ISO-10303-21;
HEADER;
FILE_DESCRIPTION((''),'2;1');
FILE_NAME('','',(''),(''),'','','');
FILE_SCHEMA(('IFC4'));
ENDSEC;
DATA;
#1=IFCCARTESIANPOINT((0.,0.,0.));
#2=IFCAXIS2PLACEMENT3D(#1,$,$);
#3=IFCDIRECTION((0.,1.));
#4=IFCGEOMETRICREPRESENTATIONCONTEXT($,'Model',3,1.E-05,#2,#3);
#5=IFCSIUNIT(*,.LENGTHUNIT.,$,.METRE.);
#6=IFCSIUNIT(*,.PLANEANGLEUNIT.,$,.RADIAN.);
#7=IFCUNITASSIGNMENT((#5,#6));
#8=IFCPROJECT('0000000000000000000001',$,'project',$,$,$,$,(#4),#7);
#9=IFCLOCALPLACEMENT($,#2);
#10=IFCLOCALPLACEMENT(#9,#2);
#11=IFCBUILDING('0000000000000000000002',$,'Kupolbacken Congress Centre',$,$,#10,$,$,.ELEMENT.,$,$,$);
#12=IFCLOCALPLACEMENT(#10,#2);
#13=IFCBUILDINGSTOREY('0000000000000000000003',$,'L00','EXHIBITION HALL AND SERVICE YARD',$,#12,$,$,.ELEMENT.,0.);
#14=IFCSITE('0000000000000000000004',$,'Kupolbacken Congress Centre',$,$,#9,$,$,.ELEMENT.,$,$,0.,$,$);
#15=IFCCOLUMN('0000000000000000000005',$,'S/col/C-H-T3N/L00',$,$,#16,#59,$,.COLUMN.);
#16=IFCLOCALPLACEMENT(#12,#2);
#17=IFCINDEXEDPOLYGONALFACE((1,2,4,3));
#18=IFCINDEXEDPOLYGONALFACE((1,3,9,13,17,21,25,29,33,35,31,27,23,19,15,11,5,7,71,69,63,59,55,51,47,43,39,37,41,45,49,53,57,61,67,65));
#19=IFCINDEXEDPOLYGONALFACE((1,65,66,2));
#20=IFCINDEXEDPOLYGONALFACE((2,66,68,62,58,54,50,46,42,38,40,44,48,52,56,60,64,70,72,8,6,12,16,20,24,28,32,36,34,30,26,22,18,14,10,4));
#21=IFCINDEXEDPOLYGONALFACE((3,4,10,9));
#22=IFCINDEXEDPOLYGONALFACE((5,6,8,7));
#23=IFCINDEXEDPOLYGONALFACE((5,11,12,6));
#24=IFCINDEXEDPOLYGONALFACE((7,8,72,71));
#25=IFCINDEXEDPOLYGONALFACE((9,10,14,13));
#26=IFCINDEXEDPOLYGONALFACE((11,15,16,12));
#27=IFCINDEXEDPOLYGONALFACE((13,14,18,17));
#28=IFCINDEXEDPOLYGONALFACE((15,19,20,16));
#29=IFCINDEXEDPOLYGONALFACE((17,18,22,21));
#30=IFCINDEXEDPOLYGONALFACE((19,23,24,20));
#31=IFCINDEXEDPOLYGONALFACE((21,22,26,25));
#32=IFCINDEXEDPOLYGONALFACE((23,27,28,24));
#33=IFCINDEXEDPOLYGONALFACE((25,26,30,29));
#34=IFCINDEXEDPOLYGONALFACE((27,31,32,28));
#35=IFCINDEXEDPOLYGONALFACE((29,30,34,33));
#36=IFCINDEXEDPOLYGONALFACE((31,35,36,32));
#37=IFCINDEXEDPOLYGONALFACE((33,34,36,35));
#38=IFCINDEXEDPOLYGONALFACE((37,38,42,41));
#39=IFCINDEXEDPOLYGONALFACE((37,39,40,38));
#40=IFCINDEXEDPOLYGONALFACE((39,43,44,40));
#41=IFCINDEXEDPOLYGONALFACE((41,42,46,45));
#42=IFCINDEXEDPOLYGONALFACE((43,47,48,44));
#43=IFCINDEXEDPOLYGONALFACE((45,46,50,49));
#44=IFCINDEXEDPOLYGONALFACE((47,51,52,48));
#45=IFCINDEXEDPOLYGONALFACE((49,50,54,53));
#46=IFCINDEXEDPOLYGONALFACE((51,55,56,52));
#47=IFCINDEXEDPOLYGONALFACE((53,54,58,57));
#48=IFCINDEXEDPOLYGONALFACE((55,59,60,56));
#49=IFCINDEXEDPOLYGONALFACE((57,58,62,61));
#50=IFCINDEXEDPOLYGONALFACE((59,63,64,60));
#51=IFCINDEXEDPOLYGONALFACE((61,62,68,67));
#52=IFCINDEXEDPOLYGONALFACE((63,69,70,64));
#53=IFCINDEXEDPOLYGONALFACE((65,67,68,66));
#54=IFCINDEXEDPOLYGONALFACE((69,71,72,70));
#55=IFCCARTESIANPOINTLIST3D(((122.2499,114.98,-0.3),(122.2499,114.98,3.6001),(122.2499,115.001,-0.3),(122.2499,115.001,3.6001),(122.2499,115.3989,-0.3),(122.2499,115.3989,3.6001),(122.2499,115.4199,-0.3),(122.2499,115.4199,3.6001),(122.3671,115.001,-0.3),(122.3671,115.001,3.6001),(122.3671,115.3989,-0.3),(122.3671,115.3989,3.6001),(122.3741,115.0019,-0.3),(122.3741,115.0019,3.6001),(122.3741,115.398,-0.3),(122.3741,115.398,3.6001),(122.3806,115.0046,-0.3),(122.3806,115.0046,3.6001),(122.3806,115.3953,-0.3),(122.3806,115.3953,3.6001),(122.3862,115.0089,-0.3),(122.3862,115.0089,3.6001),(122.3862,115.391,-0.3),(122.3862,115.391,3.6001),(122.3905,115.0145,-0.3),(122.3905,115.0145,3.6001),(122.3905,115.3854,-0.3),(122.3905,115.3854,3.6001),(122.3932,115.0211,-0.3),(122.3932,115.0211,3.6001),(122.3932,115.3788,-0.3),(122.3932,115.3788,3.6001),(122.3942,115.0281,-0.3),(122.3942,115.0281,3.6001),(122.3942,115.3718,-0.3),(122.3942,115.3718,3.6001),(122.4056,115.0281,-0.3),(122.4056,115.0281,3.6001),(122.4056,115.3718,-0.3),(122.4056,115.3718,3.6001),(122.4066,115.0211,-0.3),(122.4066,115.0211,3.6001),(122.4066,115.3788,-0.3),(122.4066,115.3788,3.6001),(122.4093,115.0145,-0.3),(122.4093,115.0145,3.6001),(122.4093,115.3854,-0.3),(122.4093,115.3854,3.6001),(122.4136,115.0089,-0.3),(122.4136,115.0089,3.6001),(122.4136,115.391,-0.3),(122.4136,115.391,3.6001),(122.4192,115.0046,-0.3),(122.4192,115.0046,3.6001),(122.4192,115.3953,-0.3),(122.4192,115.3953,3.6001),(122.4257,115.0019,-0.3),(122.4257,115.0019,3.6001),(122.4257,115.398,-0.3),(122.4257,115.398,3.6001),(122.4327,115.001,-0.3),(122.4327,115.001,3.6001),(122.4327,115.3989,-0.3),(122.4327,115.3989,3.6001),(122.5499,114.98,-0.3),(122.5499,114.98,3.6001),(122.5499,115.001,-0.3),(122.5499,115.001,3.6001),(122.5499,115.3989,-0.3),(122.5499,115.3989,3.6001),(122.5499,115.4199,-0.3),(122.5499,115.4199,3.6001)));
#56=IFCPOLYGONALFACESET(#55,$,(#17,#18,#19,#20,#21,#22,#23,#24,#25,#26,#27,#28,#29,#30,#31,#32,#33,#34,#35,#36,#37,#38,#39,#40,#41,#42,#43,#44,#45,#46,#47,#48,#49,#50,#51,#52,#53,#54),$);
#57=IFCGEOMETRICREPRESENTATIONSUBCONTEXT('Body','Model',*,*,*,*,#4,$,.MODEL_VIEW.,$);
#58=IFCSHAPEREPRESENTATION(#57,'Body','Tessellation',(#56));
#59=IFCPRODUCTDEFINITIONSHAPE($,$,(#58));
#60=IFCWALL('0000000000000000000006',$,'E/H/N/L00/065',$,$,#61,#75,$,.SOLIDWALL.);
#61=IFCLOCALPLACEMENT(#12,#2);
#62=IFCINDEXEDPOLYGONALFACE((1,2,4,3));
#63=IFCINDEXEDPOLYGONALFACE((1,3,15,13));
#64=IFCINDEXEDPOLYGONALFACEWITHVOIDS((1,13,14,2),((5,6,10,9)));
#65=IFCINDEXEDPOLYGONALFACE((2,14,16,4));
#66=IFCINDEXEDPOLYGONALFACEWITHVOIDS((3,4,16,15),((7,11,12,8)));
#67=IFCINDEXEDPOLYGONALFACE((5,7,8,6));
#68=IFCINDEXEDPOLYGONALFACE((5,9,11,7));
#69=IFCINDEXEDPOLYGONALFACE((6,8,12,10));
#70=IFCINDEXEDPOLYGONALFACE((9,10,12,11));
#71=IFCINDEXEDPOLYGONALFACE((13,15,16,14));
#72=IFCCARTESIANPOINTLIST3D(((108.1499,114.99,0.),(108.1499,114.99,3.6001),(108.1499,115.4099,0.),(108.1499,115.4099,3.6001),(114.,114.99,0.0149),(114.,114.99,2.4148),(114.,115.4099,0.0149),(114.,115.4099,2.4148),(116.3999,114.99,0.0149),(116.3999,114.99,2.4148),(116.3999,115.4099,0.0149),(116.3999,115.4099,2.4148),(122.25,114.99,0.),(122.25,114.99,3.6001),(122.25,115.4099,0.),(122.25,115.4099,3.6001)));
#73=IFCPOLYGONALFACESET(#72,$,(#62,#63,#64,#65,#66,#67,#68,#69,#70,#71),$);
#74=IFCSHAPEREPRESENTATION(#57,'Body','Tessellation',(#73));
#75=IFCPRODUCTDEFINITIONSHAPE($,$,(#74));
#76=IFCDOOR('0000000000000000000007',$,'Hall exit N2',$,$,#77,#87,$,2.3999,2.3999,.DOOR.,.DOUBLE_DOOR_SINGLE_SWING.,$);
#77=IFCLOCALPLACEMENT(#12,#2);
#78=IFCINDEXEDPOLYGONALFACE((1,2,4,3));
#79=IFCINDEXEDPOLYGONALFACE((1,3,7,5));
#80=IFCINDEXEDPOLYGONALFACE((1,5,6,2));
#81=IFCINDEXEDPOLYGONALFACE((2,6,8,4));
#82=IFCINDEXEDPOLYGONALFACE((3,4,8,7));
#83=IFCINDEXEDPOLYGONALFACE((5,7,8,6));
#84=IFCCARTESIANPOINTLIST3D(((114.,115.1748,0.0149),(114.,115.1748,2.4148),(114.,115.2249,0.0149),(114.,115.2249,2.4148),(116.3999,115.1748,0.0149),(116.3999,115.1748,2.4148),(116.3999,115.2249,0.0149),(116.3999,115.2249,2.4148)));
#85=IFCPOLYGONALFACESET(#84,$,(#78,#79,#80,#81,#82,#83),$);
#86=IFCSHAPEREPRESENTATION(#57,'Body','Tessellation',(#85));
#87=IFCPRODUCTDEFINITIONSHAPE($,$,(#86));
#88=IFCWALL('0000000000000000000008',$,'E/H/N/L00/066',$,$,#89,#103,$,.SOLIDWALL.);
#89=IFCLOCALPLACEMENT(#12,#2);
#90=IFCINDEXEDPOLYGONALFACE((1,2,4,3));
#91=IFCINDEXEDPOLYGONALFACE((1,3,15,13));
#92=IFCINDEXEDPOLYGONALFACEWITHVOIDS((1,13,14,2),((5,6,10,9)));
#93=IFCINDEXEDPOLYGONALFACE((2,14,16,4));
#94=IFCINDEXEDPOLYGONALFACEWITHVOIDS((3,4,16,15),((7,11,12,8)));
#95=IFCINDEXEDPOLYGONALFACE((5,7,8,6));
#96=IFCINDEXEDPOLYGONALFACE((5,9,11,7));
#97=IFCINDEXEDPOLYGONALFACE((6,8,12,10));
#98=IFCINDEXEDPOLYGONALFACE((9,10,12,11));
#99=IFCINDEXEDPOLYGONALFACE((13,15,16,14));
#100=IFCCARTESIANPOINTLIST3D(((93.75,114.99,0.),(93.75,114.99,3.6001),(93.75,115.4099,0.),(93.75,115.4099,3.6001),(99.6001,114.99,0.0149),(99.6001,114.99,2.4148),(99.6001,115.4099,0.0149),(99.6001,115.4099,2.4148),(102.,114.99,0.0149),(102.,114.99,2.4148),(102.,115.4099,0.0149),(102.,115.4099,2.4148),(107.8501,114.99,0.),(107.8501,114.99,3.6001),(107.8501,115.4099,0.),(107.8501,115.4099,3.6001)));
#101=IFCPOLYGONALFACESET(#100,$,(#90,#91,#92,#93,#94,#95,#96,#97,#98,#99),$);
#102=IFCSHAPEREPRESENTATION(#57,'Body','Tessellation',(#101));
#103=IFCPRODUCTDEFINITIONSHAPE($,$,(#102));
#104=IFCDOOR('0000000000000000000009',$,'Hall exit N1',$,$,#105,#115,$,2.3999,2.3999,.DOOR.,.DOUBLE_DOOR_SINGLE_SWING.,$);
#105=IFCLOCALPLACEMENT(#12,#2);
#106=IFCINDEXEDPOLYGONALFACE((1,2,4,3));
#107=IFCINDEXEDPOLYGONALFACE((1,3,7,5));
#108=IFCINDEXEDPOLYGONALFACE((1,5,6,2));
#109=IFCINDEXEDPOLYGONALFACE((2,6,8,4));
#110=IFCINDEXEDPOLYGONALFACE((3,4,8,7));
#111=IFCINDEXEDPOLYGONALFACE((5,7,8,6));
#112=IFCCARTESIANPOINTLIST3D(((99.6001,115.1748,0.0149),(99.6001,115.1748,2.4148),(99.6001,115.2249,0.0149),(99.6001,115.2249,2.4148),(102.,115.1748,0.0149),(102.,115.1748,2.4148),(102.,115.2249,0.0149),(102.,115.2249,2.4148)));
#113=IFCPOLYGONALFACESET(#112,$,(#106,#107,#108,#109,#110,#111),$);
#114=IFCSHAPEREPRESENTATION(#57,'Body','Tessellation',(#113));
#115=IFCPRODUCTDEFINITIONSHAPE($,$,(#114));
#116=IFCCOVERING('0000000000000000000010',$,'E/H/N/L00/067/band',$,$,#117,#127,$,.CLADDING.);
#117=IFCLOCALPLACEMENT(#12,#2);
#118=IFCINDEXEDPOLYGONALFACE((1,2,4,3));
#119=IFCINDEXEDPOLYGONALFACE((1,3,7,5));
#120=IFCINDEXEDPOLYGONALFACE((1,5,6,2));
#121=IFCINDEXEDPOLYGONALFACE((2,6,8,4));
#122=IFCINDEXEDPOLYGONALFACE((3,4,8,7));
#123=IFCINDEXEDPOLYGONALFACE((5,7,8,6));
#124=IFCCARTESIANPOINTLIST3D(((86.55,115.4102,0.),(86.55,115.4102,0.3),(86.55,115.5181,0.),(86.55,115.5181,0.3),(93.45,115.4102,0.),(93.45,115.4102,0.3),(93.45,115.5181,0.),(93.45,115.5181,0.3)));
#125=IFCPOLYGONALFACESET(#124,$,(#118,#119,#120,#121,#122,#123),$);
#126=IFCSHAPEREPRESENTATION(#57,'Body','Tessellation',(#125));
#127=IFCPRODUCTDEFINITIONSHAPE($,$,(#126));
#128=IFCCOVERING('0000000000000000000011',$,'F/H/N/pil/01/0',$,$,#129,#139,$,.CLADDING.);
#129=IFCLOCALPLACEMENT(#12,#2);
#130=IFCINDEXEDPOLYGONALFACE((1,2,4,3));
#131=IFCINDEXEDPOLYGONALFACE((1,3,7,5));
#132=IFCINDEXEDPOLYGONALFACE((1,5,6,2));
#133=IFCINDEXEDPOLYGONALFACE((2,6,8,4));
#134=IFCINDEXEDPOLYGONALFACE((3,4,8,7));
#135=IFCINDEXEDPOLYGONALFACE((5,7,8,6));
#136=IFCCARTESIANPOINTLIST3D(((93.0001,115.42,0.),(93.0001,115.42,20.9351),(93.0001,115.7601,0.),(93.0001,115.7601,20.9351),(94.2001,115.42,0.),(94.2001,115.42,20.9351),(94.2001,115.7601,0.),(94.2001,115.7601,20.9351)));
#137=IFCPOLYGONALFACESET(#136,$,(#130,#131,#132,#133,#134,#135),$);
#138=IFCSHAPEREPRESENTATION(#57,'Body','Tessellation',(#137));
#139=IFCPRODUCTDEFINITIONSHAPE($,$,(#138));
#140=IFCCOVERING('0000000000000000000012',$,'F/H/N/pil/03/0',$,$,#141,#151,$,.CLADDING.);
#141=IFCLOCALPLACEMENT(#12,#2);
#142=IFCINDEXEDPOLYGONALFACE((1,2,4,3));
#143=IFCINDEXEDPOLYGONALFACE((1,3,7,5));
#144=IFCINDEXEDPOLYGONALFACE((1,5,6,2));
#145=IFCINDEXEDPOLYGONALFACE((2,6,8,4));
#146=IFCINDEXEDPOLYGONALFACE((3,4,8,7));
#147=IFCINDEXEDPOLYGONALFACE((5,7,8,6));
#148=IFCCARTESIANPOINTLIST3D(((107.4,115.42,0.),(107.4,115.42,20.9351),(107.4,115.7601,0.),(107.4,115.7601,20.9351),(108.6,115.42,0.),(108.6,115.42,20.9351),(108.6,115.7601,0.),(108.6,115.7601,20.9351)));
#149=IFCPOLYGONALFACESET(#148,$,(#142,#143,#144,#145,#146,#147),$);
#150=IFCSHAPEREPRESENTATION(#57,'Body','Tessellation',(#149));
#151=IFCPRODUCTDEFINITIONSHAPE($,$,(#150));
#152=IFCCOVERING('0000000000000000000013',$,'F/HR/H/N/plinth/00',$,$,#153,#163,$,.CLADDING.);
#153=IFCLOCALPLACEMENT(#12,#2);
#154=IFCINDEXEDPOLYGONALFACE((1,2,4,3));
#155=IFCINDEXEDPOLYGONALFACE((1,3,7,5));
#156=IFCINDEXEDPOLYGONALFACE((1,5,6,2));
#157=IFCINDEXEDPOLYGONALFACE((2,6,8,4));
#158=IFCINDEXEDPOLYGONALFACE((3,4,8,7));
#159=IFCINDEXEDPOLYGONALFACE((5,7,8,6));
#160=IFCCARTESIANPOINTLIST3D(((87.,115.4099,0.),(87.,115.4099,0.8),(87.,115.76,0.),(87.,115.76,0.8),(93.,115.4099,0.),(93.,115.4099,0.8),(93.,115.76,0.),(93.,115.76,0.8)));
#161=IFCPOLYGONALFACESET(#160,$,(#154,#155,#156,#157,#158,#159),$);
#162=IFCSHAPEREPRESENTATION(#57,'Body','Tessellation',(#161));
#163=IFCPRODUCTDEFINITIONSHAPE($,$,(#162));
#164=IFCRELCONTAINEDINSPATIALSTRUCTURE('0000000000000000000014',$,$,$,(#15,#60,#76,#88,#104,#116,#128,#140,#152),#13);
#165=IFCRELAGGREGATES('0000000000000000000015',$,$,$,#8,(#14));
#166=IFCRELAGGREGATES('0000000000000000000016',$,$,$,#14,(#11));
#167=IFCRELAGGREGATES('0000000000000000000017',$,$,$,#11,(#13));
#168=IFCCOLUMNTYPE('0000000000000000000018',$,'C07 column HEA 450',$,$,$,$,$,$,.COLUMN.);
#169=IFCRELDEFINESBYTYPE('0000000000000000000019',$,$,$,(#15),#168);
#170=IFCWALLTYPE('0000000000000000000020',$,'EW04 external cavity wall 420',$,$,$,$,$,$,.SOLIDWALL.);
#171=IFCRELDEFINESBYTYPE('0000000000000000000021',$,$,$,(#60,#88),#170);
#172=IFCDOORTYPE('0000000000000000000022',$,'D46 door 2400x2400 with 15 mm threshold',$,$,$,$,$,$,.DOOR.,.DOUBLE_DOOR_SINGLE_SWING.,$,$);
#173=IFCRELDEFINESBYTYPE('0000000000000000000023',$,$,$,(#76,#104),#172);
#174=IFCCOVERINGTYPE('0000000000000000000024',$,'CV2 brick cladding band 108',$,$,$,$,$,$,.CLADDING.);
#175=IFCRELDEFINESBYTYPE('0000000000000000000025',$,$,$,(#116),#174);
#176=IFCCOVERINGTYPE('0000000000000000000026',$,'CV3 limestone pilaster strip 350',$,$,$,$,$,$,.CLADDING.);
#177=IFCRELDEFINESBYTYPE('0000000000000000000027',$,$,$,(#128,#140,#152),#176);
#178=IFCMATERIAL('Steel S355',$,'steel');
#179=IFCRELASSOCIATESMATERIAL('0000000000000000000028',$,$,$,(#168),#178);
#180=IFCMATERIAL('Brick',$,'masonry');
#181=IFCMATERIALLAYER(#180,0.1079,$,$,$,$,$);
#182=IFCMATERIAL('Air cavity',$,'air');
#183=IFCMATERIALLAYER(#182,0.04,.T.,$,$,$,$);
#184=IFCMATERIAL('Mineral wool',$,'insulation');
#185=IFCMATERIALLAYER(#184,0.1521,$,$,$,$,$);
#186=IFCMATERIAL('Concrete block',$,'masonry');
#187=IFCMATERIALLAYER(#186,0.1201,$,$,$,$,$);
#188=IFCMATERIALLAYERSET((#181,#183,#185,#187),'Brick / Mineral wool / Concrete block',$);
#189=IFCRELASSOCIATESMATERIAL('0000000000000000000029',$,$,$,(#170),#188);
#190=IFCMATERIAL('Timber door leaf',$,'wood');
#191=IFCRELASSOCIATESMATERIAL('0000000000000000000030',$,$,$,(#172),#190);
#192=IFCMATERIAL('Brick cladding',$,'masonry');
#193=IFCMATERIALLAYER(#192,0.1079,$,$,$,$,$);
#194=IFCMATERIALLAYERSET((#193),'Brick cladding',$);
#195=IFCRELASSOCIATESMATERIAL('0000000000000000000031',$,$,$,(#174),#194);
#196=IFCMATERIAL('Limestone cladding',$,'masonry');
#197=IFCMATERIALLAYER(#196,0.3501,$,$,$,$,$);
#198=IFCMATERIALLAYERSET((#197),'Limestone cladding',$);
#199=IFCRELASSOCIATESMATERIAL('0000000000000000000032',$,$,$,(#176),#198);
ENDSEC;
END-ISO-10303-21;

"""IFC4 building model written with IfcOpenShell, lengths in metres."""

from ifc_helpers import new_model, si_unit, direction, frame, frame_2d, origin, origin_2d, place, context, subcontext, project, spatial, rectangle, i_section, extrude, material, layer, layer_set, material_profile, profile_set, type_object, element, fill, save


model = new_model("IFC4")

# Units and contexts
model_context = context("Model", 3, precision=1e-05, world=origin(), true_north=direction((0.0, 1.0)))
body_context = subcontext(model_context, "Body", "Model", "MODEL_VIEW")
ifc_project = project(units=[si_unit("LENGTHUNIT", "METRE"), si_unit("PLANEANGLEUNIT", "RADIAN")], contexts=[model_context])

# Site, building, storey
site_placement = place(None, origin())
site = spatial("IfcSite", under=ifc_project, at=site_placement, Name="Kupolbacken Congress Centre", CompositionType="ELEMENT", RefElevation=0.0)
building_placement = place(site_placement, origin())
building = spatial("IfcBuilding", under=site, at=building_placement, Name="Kupolbacken Congress Centre", CompositionType="ELEMENT")
storey_placement = place(building_placement, origin())
storey = spatial("IfcBuildingStorey", under=building, at=storey_placement, Name="L00", Description="EXHIBITION HALL AND SERVICE YARD", CompositionType="ELEMENT", Elevation=0.0)

# Column
ifc_material_1 = material(Name="Steel S355", Category="steel")
ifc_material_profile_1 = material_profile(ifc_material_1, i_section(OverallWidth=0.3, OverallDepth=0.4399, WebThickness=0.0115, FlangeThickness=0.021, FilletRadius=0.0271, at=origin_2d()), Name="HEA 450")
ifc_profile_set_1 = profile_set([ifc_material_profile_1], Name="Steel S355")
column_type = type_object("IfcColumnType", Name="C07 column HEA 450", PredefinedType="COLUMN", material=ifc_profile_set_1)
for number, where, z_axis, x_axis, name in (
    (1, (122.3999, 115.2, -0.3), (0.0, 0.0, 1.0), (1.0, 0.0, 0.0), "S/col/C-H-T3N/L00"),
):
    element("IfcColumn", number, at=place(storey_placement, frame(where, z_axis=z_axis, x_axis=x_axis)), inside=storey, type_object=column_type, Name=name, PredefinedType="COLUMN", context=body_context, shape_type="SweptSolid", body=[
        extrude(i_section(OverallWidth=0.3, OverallDepth=0.4399, WebThickness=0.0115, FlangeThickness=0.021, FilletRadius=0.0271, at=origin_2d()), origin(), (0.0, 0.0, 1.0), 3.9001),
    ])

# Walls, openings, doors
ifc_material_2 = material(Name="Brick", Category="masonry")
ifc_layer_1 = layer(ifc_material_2, 0.1079)
ifc_material_3 = material(Name="Air cavity", Category="air")
ifc_layer_2 = layer(ifc_material_3, 0.04, ventilated=True)
ifc_material_4 = material(Name="Mineral wool", Category="insulation")
ifc_layer_3 = layer(ifc_material_4, 0.1521)
ifc_material_5 = material(Name="Concrete block", Category="masonry")
ifc_layer_4 = layer(ifc_material_5, 0.1201)
ifc_layer_set_1 = layer_set([ifc_layer_1, ifc_layer_2, ifc_layer_3, ifc_layer_4], Name="Brick / Mineral wool / Concrete block")
wall_type = type_object("IfcWallType", Name="EW04 external cavity wall 420", PredefinedType="SOLIDWALL", material=ifc_layer_set_1)
wall_1_placement = place(storey_placement, frame((122.25, 115.2, 0.0), z_axis=(0.0, 0.0, 1.0), x_axis=(-1.0, 0.0, 0.0)))
wall_1 = element("IfcWall", 2, at=wall_1_placement, inside=storey, type_object=wall_type, Name="E/H/N/L00/065", PredefinedType="SOLIDWALL", context=body_context, shape_type="SweptSolid", body=[
    extrude(rectangle(XDim=14.1001, YDim=0.4199, at=frame_2d((7.05, 0.0))), origin(), (0.0, 0.0, 1.0), 3.6001),
])
opening_1_placement = place(wall_1_placement, frame((5.8501, 0.0, 0.0149)))
opening_1 = element("IfcOpeningElement", 3, at=opening_1_placement, cuts=wall_1, PredefinedType="OPENING", context=body_context, shape_type="SweptSolid", body=[
    extrude(rectangle(XDim=2.3999, YDim=2.3999, at=frame_2d((1.2, 1.2))), frame((0.0, 0.22, 0.0), z_axis=(0.0, -1.0, 0.0), x_axis=(1.0, 0.0, 0.0)), (0.0, 0.0, 1.0), 0.4399),
])
ifc_material_6 = material(Name="Timber door leaf", Category="wood")
door_type = type_object("IfcDoorType", Name="D46 door 2400x2400 with 15 mm threshold", OperationType="DOUBLE_DOOR_SINGLE_SWING", PredefinedType="DOOR", material=ifc_material_6)
door_1_placement = place(opening_1_placement, frame((2.3999, 0.0, 0.0), z_axis=(0.0, 0.0, 1.0), x_axis=(-1.0, 0.0, 0.0)))
door_1 = element("IfcDoor", 4, at=door_1_placement, inside=storey, type_object=door_type, Name="Hall exit N2", OperationType="DOUBLE_DOOR_SINGLE_SWING", OverallHeight=2.3999, OverallWidth=2.3999, PredefinedType="DOOR", context=body_context, shape_type="SweptSolid", body=[
    extrude(rectangle(XDim=2.3999, YDim=2.3999, at=frame_2d((1.2, 1.2))), frame((0.0, 0.0249, 0.0), z_axis=(0.0, -1.0, 0.0), x_axis=(1.0, 0.0, 0.0)), (0.0, 0.0, 1.0), 0.05),
])
fill(opening_1, door_1)
wall_2_placement = place(storey_placement, frame((107.8501, 115.2, 0.0), z_axis=(0.0, 0.0, 1.0), x_axis=(-1.0, 0.0, 0.0)))
wall_2 = element("IfcWall", 5, at=wall_2_placement, inside=storey, type_object=wall_type, Name="E/H/N/L00/066", PredefinedType="SOLIDWALL", context=body_context, shape_type="SweptSolid", body=[
    extrude(rectangle(XDim=14.1001, YDim=0.4199, at=frame_2d((7.05, 0.0))), origin(), (0.0, 0.0, 1.0), 3.6001),
])
opening_2_placement = place(wall_2_placement, frame((5.8501, 0.0, 0.0149)))
opening_2 = element("IfcOpeningElement", 6, at=opening_2_placement, cuts=wall_2, PredefinedType="OPENING", context=body_context, shape_type="SweptSolid", body=[
    extrude(rectangle(XDim=2.3999, YDim=2.3999, at=frame_2d((1.2, 1.2))), frame((0.0, 0.22, 0.0), z_axis=(0.0, -1.0, 0.0), x_axis=(1.0, 0.0, 0.0)), (0.0, 0.0, 1.0), 0.4399),
])
door_2_placement = place(opening_2_placement, frame((2.3999, 0.0, 0.0), z_axis=(0.0, 0.0, 1.0), x_axis=(-1.0, 0.0, 0.0)))
door_2 = element("IfcDoor", 7, at=door_2_placement, inside=storey, type_object=door_type, Name="Hall exit N1", OperationType="DOUBLE_DOOR_SINGLE_SWING", OverallHeight=2.3999, OverallWidth=2.3999, PredefinedType="DOOR", context=body_context, shape_type="SweptSolid", body=[
    extrude(rectangle(XDim=2.3999, YDim=2.3999, at=frame_2d((1.2, 1.2))), frame((0.0, 0.0249, 0.0), z_axis=(0.0, -1.0, 0.0), x_axis=(1.0, 0.0, 0.0)), (0.0, 0.0, 1.0), 0.05),
])
fill(opening_2, door_2)

# Coverings
ifc_material_7 = material(Name="Brick cladding", Category="masonry")
ifc_layer_5 = layer(ifc_material_7, 0.1079)
ifc_layer_set_2 = layer_set([ifc_layer_5], Name="Brick cladding")
covering_type_1 = type_object("IfcCoveringType", Name="CV2 brick cladding band 108", PredefinedType="CLADDING", material=ifc_layer_set_2)
covering_1_placement = place(storey_placement, frame((90.0, 115.4641, 0.0), z_axis=(0.0, 0.0, 1.0), x_axis=(-1.0, 0.0, 0.0)))
element("IfcCovering", 8, at=covering_1_placement, inside=storey, type_object=covering_type_1, Name="E/H/N/L00/067/band", PredefinedType="CLADDING", context=body_context, shape_type="SweptSolid", body=[
    extrude(rectangle(XDim=6.8999, YDim=0.1079, at=origin_2d()), origin(), (0.0, 0.0, 1.0), 0.3),
])
ifc_material_8 = material(Name="Limestone cladding", Category="masonry")
ifc_layer_6 = layer(ifc_material_8, 0.3501)
ifc_layer_set_3 = layer_set([ifc_layer_6], Name="Limestone cladding")
covering_type_2 = type_object("IfcCoveringType", Name="CV3 limestone pilaster strip 350", PredefinedType="CLADDING", material=ifc_layer_set_3)
for number, where, z_axis, x_axis, name in (
    (9, (93.6001, 115.5901, 0.0), (0.0, 0.0, 1.0), (1.0, 0.0, 0.0), "F/H/N/pil/01/0"),
    (10, (108.0, 115.5901, 0.0), (0.0, 0.0, 1.0), (1.0, 0.0, 0.0), "F/H/N/pil/03/0"),
):
    element("IfcCovering", number, at=place(storey_placement, frame(where, z_axis=z_axis, x_axis=x_axis)), inside=storey, type_object=covering_type_2, Name=name, PredefinedType="CLADDING", context=body_context, shape_type="SweptSolid", body=[
        extrude(rectangle(XDim=1.2, YDim=0.3401, at=origin_2d()), origin(), (0.0, 0.0, 1.0), 20.9351),
    ])
covering_2_placement = place(storey_placement, frame((90.0, 115.585, 0.0), z_axis=(0.0, 0.0, 1.0), x_axis=(1.0, 0.0, 0.0)))
element("IfcCovering", 11, at=covering_2_placement, inside=storey, type_object=covering_type_2, Name="F/HR/H/N/plinth/00", PredefinedType="CLADDING", context=body_context, shape_type="SweptSolid", body=[
    extrude(rectangle(XDim=6.0, YDim=0.3501, at=origin_2d()), origin(), (0.0, 0.0, 1.0), 0.8),
])

save(model, "model.ifc")
